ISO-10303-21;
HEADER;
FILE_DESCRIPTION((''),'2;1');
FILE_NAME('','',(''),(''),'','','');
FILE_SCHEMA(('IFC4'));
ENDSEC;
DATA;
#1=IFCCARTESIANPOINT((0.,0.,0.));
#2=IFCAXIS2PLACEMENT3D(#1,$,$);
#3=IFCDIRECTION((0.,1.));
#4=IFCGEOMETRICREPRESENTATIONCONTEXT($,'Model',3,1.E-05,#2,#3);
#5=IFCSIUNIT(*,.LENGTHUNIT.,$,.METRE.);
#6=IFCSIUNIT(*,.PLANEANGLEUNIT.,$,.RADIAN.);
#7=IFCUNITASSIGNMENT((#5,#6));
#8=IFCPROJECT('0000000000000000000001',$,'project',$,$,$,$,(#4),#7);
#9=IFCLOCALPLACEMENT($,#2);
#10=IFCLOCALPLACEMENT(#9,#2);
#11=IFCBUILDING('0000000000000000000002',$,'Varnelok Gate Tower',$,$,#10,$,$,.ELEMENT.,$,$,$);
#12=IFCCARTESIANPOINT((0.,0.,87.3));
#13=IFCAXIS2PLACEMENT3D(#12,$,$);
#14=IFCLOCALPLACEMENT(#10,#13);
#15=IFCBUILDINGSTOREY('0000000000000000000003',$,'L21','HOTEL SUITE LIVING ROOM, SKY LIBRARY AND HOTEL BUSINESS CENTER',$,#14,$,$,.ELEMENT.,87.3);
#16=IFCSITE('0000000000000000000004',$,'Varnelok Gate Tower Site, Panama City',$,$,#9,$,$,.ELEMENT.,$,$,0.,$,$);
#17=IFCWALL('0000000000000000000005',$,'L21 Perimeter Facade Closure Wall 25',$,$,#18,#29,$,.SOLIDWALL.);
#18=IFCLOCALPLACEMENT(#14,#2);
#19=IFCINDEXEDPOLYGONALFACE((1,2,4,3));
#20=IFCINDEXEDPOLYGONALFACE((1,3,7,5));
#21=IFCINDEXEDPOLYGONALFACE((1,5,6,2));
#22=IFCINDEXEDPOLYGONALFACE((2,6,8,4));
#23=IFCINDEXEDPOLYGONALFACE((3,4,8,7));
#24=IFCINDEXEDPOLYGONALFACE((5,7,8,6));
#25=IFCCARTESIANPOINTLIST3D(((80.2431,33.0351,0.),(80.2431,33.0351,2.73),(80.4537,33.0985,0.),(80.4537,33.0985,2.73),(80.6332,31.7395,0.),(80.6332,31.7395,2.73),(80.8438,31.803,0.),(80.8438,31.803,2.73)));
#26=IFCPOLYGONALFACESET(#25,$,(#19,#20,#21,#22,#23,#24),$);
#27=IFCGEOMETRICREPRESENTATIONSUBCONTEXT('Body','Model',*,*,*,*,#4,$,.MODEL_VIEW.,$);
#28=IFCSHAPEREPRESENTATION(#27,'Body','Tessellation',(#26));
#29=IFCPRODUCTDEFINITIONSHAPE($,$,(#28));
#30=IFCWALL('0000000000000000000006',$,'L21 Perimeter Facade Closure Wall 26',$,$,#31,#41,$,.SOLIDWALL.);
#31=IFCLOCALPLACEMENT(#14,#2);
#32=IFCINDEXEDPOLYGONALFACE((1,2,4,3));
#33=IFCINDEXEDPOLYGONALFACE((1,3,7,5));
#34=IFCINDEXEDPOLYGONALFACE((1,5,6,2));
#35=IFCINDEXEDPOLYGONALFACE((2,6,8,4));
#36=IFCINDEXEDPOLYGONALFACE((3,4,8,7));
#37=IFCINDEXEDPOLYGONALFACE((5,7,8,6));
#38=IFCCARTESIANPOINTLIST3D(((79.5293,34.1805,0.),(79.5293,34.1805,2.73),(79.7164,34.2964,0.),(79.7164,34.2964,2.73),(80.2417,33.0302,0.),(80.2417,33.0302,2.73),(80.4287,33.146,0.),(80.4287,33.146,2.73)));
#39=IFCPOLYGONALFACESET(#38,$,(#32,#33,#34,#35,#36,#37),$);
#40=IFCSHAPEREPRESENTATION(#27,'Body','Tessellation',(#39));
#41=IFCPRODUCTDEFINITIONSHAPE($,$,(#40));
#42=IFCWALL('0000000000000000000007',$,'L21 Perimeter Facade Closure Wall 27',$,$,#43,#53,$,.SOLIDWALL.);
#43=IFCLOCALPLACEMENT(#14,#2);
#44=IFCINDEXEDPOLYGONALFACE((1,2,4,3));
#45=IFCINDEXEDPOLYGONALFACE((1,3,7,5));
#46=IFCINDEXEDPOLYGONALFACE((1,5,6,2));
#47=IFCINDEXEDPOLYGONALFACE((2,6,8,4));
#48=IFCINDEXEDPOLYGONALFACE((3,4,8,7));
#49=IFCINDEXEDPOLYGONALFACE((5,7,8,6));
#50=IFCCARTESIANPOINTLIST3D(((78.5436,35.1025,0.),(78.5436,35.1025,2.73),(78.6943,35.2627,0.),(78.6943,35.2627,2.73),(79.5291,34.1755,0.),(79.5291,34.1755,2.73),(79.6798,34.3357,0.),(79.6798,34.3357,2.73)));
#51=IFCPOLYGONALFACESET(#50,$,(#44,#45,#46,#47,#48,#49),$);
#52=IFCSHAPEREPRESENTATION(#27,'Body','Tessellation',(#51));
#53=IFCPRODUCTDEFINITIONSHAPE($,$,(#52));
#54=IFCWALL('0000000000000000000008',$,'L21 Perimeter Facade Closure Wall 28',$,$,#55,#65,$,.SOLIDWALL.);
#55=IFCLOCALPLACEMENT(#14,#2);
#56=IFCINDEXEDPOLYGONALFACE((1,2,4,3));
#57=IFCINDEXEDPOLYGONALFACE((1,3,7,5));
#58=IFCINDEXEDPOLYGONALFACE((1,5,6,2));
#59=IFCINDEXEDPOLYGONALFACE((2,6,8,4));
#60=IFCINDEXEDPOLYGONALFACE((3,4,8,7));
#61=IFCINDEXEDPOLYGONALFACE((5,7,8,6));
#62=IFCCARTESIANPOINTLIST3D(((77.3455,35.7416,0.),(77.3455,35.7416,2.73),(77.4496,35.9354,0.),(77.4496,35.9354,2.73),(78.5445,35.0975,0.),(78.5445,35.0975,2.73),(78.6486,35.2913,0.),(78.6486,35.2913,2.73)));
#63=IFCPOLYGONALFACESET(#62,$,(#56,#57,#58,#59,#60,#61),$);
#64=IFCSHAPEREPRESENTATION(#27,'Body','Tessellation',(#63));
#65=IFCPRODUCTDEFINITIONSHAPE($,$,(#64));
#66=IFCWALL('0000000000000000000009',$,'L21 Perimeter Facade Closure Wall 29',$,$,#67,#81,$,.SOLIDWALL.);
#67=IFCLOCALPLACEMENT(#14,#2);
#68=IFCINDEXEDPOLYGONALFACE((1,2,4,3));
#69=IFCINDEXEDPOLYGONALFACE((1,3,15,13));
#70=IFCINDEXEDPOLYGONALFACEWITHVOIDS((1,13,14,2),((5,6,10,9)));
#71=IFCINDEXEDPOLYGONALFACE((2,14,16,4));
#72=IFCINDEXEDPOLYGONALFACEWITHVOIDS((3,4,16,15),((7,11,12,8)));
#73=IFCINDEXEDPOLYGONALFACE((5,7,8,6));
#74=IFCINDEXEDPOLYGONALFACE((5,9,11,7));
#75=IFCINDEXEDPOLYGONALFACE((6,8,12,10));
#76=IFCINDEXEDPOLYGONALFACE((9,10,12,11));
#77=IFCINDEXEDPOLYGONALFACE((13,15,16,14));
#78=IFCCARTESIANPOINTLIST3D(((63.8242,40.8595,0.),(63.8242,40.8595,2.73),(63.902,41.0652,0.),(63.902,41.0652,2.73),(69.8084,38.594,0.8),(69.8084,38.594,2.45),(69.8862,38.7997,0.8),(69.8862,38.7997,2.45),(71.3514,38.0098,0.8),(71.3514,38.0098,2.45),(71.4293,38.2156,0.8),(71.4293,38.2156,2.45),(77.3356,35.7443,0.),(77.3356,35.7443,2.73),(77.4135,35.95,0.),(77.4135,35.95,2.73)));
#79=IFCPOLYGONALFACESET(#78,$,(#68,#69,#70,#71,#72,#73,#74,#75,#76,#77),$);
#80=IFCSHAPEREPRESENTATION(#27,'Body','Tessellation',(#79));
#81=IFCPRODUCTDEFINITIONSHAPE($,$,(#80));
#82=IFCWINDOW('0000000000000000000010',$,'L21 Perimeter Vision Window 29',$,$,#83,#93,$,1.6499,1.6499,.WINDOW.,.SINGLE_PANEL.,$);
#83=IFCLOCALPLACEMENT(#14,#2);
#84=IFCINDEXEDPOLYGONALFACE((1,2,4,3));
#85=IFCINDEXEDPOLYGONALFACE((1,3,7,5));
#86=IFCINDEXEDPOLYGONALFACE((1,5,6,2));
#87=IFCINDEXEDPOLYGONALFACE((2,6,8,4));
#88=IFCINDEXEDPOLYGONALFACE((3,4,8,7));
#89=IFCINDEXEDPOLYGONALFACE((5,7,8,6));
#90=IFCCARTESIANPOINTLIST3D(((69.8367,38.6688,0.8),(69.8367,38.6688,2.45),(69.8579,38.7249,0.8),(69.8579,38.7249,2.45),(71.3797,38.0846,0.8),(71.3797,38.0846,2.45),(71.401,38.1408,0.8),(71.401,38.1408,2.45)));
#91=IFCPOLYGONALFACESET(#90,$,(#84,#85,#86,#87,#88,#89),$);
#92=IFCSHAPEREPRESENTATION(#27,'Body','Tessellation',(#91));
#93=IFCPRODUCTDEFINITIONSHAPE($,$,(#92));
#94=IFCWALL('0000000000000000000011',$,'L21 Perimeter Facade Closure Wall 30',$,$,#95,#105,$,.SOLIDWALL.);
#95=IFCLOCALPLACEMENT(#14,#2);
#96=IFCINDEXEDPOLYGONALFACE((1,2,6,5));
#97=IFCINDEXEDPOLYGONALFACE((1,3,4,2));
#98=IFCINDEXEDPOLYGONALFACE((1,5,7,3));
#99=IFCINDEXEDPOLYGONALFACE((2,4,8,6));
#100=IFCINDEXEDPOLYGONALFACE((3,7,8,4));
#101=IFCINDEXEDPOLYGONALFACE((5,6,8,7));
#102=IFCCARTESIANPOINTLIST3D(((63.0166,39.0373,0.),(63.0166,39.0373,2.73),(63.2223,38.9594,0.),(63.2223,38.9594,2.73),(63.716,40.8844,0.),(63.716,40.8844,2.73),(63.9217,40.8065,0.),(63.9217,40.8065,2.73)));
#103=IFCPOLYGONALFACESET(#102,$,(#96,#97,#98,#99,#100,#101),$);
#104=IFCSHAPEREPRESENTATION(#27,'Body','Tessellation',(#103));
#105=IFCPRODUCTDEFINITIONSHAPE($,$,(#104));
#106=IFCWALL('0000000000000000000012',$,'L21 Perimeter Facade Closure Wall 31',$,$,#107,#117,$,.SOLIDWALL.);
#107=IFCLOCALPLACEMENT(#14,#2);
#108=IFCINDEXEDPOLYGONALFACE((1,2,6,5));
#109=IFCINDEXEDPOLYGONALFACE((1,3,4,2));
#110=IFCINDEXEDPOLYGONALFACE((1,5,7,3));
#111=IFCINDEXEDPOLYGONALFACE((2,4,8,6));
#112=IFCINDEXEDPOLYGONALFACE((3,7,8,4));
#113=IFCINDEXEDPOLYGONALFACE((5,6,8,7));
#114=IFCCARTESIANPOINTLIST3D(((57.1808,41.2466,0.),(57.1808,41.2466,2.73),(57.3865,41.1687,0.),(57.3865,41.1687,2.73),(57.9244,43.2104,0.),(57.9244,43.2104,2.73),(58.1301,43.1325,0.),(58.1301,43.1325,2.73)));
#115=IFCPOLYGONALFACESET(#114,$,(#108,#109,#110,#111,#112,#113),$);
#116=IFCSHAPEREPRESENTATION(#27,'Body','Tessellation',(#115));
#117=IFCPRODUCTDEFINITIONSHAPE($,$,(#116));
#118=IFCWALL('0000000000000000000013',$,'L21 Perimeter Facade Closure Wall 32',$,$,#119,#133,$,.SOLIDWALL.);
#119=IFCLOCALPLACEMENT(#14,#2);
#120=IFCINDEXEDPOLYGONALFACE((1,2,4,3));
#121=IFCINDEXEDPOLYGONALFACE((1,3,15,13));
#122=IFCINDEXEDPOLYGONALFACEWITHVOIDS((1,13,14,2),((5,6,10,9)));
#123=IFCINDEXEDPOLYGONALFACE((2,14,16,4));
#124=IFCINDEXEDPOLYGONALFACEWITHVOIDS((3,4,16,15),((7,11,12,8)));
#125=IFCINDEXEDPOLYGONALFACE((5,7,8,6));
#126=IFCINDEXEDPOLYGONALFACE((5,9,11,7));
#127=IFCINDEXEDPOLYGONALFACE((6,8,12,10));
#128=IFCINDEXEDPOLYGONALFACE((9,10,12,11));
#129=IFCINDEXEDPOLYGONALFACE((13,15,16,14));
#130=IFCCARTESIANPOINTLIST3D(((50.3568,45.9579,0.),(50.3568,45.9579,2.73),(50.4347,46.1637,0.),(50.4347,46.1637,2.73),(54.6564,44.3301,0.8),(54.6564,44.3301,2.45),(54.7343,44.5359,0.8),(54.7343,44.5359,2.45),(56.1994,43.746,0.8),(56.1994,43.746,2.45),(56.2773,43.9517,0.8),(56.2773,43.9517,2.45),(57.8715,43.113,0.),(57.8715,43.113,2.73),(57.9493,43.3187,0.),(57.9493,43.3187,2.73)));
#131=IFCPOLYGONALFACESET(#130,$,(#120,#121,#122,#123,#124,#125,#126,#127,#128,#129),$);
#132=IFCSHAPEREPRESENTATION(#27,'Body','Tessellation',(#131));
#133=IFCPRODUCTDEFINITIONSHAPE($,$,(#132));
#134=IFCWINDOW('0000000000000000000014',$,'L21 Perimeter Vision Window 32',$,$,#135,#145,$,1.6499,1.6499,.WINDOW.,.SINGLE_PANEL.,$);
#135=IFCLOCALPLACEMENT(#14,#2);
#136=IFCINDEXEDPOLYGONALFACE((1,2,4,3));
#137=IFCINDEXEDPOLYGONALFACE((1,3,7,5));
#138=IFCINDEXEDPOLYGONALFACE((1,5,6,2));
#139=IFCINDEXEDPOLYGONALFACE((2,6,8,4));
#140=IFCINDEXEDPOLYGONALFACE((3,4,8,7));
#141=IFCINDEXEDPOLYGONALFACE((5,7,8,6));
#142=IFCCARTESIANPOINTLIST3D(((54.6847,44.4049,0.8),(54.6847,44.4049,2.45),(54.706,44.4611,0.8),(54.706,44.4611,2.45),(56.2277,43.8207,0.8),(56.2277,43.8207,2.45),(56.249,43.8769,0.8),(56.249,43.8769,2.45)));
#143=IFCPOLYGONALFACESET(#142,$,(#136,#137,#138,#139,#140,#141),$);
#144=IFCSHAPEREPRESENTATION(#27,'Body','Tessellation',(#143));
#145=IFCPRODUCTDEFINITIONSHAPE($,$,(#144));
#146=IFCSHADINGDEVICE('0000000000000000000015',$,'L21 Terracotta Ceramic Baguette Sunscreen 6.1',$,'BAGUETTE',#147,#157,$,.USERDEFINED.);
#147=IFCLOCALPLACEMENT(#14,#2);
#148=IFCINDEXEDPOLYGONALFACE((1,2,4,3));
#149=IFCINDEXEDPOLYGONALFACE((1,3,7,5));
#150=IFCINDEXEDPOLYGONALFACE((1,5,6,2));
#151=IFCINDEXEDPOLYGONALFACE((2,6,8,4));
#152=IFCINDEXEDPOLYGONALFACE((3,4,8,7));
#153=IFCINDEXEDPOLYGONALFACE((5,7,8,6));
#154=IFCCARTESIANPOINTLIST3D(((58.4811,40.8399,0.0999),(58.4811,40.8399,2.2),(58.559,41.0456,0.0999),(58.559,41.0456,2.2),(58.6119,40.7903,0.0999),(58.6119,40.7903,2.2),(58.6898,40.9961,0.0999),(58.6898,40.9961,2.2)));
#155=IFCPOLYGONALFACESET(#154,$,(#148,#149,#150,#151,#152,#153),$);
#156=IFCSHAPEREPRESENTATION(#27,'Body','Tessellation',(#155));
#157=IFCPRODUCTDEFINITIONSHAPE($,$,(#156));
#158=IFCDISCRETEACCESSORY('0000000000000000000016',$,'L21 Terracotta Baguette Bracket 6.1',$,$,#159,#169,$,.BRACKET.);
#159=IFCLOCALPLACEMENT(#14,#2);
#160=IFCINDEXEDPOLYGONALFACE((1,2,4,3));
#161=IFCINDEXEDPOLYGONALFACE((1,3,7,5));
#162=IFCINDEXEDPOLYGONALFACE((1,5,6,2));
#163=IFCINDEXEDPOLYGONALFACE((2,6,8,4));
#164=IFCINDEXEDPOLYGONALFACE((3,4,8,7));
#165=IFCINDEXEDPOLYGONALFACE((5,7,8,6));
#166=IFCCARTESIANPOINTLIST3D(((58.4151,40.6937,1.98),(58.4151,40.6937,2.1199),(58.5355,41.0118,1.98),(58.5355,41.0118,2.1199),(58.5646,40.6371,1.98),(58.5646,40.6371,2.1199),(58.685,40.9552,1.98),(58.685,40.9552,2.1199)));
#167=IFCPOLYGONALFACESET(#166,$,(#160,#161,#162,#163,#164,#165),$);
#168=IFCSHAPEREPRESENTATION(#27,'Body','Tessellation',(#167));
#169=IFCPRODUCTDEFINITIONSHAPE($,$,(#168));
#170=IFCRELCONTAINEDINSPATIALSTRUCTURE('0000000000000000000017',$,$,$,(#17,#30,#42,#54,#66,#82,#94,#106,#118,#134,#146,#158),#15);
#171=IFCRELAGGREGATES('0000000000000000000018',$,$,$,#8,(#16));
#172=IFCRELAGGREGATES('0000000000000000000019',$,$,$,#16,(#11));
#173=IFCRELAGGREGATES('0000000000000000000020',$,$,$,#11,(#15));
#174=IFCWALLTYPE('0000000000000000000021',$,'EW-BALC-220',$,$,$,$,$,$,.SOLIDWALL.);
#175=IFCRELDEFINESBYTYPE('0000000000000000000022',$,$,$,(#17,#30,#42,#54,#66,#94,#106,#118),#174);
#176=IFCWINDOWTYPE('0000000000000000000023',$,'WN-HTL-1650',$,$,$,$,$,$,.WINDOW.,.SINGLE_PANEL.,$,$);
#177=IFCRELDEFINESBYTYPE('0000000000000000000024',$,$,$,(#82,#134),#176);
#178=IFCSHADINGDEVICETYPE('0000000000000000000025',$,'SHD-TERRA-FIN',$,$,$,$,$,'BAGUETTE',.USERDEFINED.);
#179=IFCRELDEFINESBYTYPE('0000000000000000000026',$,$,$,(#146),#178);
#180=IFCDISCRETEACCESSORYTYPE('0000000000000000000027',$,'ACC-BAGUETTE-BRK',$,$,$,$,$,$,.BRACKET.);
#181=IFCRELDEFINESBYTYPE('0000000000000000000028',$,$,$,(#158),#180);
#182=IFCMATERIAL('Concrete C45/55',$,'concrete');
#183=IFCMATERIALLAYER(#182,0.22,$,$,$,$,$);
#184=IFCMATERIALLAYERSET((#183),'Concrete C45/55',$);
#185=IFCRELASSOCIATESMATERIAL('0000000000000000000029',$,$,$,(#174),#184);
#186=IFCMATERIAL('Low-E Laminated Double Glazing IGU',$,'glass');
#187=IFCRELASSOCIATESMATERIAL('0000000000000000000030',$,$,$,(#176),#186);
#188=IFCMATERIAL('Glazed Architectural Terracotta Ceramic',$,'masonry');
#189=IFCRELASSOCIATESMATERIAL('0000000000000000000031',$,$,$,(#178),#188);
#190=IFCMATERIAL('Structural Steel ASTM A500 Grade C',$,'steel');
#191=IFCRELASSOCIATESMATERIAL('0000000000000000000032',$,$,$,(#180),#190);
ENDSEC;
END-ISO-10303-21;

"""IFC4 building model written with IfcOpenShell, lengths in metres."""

from ifc_helpers import new_model, si_unit, direction, frame, frame_2d, origin, origin_2d, place, context, subcontext, project, spatial, rectangle, extrude, source, transform, mapped, material, layer, layer_set, type_object, element, fill, save


model = new_model("IFC4")

# Units and contexts
model_context = context("Model", 3, precision=1e-05, world=origin(), true_north=direction((0.0, 1.0)))
body_context = subcontext(model_context, "Body", "Model", "MODEL_VIEW")
ifc_project = project(units=[si_unit("LENGTHUNIT", "METRE"), si_unit("PLANEANGLEUNIT", "RADIAN")], contexts=[model_context])

# Site, building, storey
site_placement = place(None, origin())
site = spatial("IfcSite", under=ifc_project, at=site_placement, Name="Varnelok Gate Tower Site, Panama City", CompositionType="ELEMENT", RefElevation=0.0)
building_placement = place(site_placement, origin())
building = spatial("IfcBuilding", under=site, at=building_placement, Name="Varnelok Gate Tower", CompositionType="ELEMENT")
storey_placement = place(building_placement, frame((0.0, 0.0, 87.3)))
storey = spatial("IfcBuildingStorey", under=building, at=storey_placement, Name="L21", Description="HOTEL SUITE LIVING ROOM, SKY LIBRARY AND HOTEL BUSINESS CENTER", CompositionType="ELEMENT", Elevation=87.3)

# Shared definitions
ifc_material_1 = material(Name="Concrete C45/55", Category="concrete")
ifc_layer_1 = layer(ifc_material_1, 0.22)
ifc_layer_set_1 = layer_set([ifc_layer_1], Name="Concrete C45/55")
wall_type = type_object("IfcWallType", Name="EW-BALC-220", PredefinedType="SOLIDWALL", material=ifc_layer_set_1)

# Walls
for number, where, z_axis, x_axis, name in (
    (1, (80.7385, 31.7712, 0.0), (0.0, 0.0, 1.0), (-0.288324, 0.957533, 0.0), "L21 Perimeter Facade Closure Wall 25"),
    (2, (80.3352, 33.0881, 0.0), (0.0, 0.0, 1.0), (-0.526491, 0.850181, 0.0), "L21 Perimeter Facade Closure Wall 26"),
    (3, (79.6045, 34.2556, 0.0), (0.0, 0.0, 1.0), (-0.728428, 0.685123, 0.0), "L21 Perimeter Facade Closure Wall 27"),
):
    element("IfcWall", number, at=place(storey_placement, frame(where, z_axis=z_axis, x_axis=x_axis)), inside=storey, type_object=wall_type, Name=name, PredefinedType="SOLIDWALL", context=body_context, shape_type="SweptSolid", body=[
        extrude(rectangle(XDim=1.353, YDim=0.22, at=frame_2d((0.6765, 0.0))), origin(), (0.0, 0.0, 1.0), 2.73),
    ])
wall_1_placement = place(storey_placement, frame((78.5967, 35.1943, 0.0), z_axis=(0.0, 0.0, 1.0), x_axis=(-0.880949, 0.473212, 0.0)))
element("IfcWall", 4, at=wall_1_placement, inside=storey, type_object=wall_type, Name="L21 Perimeter Facade Closure Wall 28", PredefinedType="SOLIDWALL", context=body_context, shape_type="SweptSolid", body=[
    extrude(rectangle(XDim=1.3611, YDim=0.22, at=frame_2d((0.6807, 0.0))), origin(), (0.0, 0.0, 1.0), 2.73),
])

# Wall, opening, window
wall_2_placement = place(storey_placement, frame((77.3745, 35.8472, 0.0), z_axis=(0.0, 0.0, 1.0), x_axis=(-0.935222, 0.354061, 0.0)))
wall_2 = element("IfcWall", 5, at=wall_2_placement, inside=storey, type_object=wall_type, Name="L21 Perimeter Facade Closure Wall 29", PredefinedType="SOLIDWALL", context=body_context, shape_type="SweptSolid", body=[
    extrude(rectangle(XDim=14.4473, YDim=0.22, at=frame_2d((7.2236, 0.0))), origin(), (0.0, 0.0, 1.0), 2.73),
])
opening_1_placement = place(wall_2_placement, frame((6.3987, 0.0, 0.8)))
opening_1 = element("IfcOpeningElement", 6, at=opening_1_placement, cuts=wall_2, PredefinedType="OPENING", context=body_context, shape_type="SweptSolid", body=[
    extrude(rectangle(XDim=1.6499, YDim=1.6499, at=frame_2d((0.825, 0.825))), frame((0.0, 0.1199, 0.0), z_axis=(0.0, -1.0, 0.0), x_axis=(1.0, 0.0, 0.0)), (0.0, 0.0, 1.0), 0.24),
])
ifc_material_2 = material(Name="Low-E Laminated Double Glazing IGU", Category="glass")
window_type = type_object("IfcWindowType", Name="WN-HTL-1650", PartitioningType="SINGLE_PANEL", PredefinedType="WINDOW", material=ifc_material_2)
window_1_placement = place(opening_1_placement, origin())
window_1 = element("IfcWindow", 7, at=window_1_placement, inside=storey, type_object=window_type, Name="L21 Perimeter Vision Window 29", OverallHeight=1.6499, OverallWidth=1.6499, PartitioningType="SINGLE_PANEL", PredefinedType="WINDOW", context=body_context, shape_type="SweptSolid", body=[
    extrude(rectangle(XDim=1.6499, YDim=1.6499, at=frame_2d((0.825, 0.825))), frame((0.0, 0.03, 0.0), z_axis=(0.0, -1.0, 0.0), x_axis=(1.0, 0.0, 0.0)), (0.0, 0.0, 1.0), 0.0601),
])
fill(opening_1, window_1)

# Walls
wall_3_placement = place(storey_placement, frame((63.8188, 40.8455, 0.0), z_axis=(0.0, 0.0, 1.0), x_axis=(-0.354129, -0.935197, 0.0)))
element("IfcWall", 8, at=wall_3_placement, inside=storey, type_object=wall_type, Name="L21 Perimeter Facade Closure Wall 30", PredefinedType="SOLIDWALL", context=body_context, shape_type="SweptSolid", body=[
    extrude(rectangle(XDim=1.9751, YDim=0.22, at=frame_2d((0.9875, 0.0))), origin(), (0.0, 0.0, 1.0), 2.73),
])
wall_4_placement = place(storey_placement, frame((57.2837, 41.2078, 0.0), z_axis=(0.0, 0.0, 1.0), x_axis=(0.354128, 0.935197, 0.0)))
element("IfcWall", 9, at=wall_4_placement, inside=storey, type_object=wall_type, Name="L21 Perimeter Facade Closure Wall 31", PredefinedType="SOLIDWALL", context=body_context, shape_type="SweptSolid", body=[
    extrude(rectangle(XDim=2.0999, YDim=0.22, at=frame_2d((1.0498, 0.0))), origin(), (0.0, 0.0, 1.0), 2.73),
])

# Wall, opening, window
wall_5_placement = place(storey_placement, frame((57.9104, 43.2158, 0.0), z_axis=(0.0, 0.0, 1.0), x_axis=(-0.935221, 0.354065, 0.0)))
wall_5 = element("IfcWall", 10, at=wall_5_placement, inside=storey, type_object=wall_type, Name="L21 Perimeter Facade Closure Wall 32", PredefinedType="SOLIDWALL", context=body_context, shape_type="SweptSolid", body=[
    extrude(rectangle(XDim=8.0352, YDim=0.22, at=frame_2d((4.0176, 0.0))), origin(), (0.0, 0.0, 1.0), 2.73),
])
opening_2_placement = place(wall_5_placement, frame((1.7878, 0.0, 0.8)))
opening_2 = element("IfcOpeningElement", 11, at=opening_2_placement, cuts=wall_5, PredefinedType="OPENING", context=body_context, shape_type="SweptSolid", body=[
    extrude(rectangle(XDim=1.6499, YDim=1.6499, at=frame_2d((0.825, 0.825))), frame((0.0, 0.1199, 0.0), z_axis=(0.0, -1.0, 0.0), x_axis=(1.0, 0.0, 0.0)), (0.0, 0.0, 1.0), 0.24),
])
window_2_placement = place(opening_2_placement, origin())
window_2 = element("IfcWindow", 12, at=window_2_placement, inside=storey, type_object=window_type, Name="L21 Perimeter Vision Window 32", OverallHeight=1.6499, OverallWidth=1.6499, PartitioningType="SINGLE_PANEL", PredefinedType="WINDOW", context=body_context, shape_type="SweptSolid", body=[
    extrude(rectangle(XDim=1.6499, YDim=1.6499, at=frame_2d((0.825, 0.825))), frame((0.0, 0.03, 0.0), z_axis=(0.0, -1.0, 0.0), x_axis=(1.0, 0.0, 0.0)), (0.0, 0.0, 1.0), 0.0601),
])
fill(opening_2, window_2)

# Shading device
ifc_material_3 = material(Name="Glazed Architectural Terracotta Ceramic", Category="masonry")
shading_device_type = type_object("IfcShadingDeviceType", Name="SHD-TERRA-FIN", ElementType="BAGUETTE", PredefinedType="USERDEFINED", material=ifc_material_3)
shared_shape_1 = source(origin(), body_context, "Body", "SweptSolid", [
    extrude(rectangle(XDim=0.1399, YDim=0.22, at=origin_2d()), origin(), (0.0, 0.0, 1.0), 2.1001),
])
shading_device_placement = place(storey_placement, frame((58.5854, 40.918, 0.0999), z_axis=(0.0, 0.0, 1.0), x_axis=(0.935222, -0.354063, 0.0)))
element("IfcShadingDevice", 13, at=shading_device_placement, inside=storey, type_object=shading_device_type, Name="L21 Terracotta Ceramic Baguette Sunscreen 6.1", ObjectType="BAGUETTE", PredefinedType="USERDEFINED", context=body_context, shape_type="MappedRepresentation", body=[
    mapped(shared_shape_1, transform((0.0, 0.0, 0.0), scale=1.0)),
])

# Discrete accessory
ifc_material_4 = material(Name="Structural Steel ASTM A500 Grade C", Category="steel")
discrete_accessory_type = type_object("IfcDiscreteAccessoryType", Name="ACC-BAGUETTE-BRK", PredefinedType="BRACKET", material=ifc_material_4)
shared_shape_2 = source(origin(), body_context, "Body", "SweptSolid", [
    extrude(rectangle(XDim=0.1599, YDim=0.3401, at=origin_2d()), origin(), (0.0, 0.0, 1.0), 0.1399),
])
discrete_accessory_placement = place(storey_placement, frame((58.55, 40.8245, 1.98), z_axis=(0.0, 0.0, 1.0), x_axis=(0.935222, -0.354063, 0.0)))
element("IfcDiscreteAccessory", 14, at=discrete_accessory_placement, inside=storey, type_object=discrete_accessory_type, Name="L21 Terracotta Baguette Bracket 6.1", PredefinedType="BRACKET", context=body_context, shape_type="MappedRepresentation", body=[
    mapped(shared_shape_2, transform((0.0, 0.0, 0.0), scale=1.0)),
])

save(model, "model.ifc")
